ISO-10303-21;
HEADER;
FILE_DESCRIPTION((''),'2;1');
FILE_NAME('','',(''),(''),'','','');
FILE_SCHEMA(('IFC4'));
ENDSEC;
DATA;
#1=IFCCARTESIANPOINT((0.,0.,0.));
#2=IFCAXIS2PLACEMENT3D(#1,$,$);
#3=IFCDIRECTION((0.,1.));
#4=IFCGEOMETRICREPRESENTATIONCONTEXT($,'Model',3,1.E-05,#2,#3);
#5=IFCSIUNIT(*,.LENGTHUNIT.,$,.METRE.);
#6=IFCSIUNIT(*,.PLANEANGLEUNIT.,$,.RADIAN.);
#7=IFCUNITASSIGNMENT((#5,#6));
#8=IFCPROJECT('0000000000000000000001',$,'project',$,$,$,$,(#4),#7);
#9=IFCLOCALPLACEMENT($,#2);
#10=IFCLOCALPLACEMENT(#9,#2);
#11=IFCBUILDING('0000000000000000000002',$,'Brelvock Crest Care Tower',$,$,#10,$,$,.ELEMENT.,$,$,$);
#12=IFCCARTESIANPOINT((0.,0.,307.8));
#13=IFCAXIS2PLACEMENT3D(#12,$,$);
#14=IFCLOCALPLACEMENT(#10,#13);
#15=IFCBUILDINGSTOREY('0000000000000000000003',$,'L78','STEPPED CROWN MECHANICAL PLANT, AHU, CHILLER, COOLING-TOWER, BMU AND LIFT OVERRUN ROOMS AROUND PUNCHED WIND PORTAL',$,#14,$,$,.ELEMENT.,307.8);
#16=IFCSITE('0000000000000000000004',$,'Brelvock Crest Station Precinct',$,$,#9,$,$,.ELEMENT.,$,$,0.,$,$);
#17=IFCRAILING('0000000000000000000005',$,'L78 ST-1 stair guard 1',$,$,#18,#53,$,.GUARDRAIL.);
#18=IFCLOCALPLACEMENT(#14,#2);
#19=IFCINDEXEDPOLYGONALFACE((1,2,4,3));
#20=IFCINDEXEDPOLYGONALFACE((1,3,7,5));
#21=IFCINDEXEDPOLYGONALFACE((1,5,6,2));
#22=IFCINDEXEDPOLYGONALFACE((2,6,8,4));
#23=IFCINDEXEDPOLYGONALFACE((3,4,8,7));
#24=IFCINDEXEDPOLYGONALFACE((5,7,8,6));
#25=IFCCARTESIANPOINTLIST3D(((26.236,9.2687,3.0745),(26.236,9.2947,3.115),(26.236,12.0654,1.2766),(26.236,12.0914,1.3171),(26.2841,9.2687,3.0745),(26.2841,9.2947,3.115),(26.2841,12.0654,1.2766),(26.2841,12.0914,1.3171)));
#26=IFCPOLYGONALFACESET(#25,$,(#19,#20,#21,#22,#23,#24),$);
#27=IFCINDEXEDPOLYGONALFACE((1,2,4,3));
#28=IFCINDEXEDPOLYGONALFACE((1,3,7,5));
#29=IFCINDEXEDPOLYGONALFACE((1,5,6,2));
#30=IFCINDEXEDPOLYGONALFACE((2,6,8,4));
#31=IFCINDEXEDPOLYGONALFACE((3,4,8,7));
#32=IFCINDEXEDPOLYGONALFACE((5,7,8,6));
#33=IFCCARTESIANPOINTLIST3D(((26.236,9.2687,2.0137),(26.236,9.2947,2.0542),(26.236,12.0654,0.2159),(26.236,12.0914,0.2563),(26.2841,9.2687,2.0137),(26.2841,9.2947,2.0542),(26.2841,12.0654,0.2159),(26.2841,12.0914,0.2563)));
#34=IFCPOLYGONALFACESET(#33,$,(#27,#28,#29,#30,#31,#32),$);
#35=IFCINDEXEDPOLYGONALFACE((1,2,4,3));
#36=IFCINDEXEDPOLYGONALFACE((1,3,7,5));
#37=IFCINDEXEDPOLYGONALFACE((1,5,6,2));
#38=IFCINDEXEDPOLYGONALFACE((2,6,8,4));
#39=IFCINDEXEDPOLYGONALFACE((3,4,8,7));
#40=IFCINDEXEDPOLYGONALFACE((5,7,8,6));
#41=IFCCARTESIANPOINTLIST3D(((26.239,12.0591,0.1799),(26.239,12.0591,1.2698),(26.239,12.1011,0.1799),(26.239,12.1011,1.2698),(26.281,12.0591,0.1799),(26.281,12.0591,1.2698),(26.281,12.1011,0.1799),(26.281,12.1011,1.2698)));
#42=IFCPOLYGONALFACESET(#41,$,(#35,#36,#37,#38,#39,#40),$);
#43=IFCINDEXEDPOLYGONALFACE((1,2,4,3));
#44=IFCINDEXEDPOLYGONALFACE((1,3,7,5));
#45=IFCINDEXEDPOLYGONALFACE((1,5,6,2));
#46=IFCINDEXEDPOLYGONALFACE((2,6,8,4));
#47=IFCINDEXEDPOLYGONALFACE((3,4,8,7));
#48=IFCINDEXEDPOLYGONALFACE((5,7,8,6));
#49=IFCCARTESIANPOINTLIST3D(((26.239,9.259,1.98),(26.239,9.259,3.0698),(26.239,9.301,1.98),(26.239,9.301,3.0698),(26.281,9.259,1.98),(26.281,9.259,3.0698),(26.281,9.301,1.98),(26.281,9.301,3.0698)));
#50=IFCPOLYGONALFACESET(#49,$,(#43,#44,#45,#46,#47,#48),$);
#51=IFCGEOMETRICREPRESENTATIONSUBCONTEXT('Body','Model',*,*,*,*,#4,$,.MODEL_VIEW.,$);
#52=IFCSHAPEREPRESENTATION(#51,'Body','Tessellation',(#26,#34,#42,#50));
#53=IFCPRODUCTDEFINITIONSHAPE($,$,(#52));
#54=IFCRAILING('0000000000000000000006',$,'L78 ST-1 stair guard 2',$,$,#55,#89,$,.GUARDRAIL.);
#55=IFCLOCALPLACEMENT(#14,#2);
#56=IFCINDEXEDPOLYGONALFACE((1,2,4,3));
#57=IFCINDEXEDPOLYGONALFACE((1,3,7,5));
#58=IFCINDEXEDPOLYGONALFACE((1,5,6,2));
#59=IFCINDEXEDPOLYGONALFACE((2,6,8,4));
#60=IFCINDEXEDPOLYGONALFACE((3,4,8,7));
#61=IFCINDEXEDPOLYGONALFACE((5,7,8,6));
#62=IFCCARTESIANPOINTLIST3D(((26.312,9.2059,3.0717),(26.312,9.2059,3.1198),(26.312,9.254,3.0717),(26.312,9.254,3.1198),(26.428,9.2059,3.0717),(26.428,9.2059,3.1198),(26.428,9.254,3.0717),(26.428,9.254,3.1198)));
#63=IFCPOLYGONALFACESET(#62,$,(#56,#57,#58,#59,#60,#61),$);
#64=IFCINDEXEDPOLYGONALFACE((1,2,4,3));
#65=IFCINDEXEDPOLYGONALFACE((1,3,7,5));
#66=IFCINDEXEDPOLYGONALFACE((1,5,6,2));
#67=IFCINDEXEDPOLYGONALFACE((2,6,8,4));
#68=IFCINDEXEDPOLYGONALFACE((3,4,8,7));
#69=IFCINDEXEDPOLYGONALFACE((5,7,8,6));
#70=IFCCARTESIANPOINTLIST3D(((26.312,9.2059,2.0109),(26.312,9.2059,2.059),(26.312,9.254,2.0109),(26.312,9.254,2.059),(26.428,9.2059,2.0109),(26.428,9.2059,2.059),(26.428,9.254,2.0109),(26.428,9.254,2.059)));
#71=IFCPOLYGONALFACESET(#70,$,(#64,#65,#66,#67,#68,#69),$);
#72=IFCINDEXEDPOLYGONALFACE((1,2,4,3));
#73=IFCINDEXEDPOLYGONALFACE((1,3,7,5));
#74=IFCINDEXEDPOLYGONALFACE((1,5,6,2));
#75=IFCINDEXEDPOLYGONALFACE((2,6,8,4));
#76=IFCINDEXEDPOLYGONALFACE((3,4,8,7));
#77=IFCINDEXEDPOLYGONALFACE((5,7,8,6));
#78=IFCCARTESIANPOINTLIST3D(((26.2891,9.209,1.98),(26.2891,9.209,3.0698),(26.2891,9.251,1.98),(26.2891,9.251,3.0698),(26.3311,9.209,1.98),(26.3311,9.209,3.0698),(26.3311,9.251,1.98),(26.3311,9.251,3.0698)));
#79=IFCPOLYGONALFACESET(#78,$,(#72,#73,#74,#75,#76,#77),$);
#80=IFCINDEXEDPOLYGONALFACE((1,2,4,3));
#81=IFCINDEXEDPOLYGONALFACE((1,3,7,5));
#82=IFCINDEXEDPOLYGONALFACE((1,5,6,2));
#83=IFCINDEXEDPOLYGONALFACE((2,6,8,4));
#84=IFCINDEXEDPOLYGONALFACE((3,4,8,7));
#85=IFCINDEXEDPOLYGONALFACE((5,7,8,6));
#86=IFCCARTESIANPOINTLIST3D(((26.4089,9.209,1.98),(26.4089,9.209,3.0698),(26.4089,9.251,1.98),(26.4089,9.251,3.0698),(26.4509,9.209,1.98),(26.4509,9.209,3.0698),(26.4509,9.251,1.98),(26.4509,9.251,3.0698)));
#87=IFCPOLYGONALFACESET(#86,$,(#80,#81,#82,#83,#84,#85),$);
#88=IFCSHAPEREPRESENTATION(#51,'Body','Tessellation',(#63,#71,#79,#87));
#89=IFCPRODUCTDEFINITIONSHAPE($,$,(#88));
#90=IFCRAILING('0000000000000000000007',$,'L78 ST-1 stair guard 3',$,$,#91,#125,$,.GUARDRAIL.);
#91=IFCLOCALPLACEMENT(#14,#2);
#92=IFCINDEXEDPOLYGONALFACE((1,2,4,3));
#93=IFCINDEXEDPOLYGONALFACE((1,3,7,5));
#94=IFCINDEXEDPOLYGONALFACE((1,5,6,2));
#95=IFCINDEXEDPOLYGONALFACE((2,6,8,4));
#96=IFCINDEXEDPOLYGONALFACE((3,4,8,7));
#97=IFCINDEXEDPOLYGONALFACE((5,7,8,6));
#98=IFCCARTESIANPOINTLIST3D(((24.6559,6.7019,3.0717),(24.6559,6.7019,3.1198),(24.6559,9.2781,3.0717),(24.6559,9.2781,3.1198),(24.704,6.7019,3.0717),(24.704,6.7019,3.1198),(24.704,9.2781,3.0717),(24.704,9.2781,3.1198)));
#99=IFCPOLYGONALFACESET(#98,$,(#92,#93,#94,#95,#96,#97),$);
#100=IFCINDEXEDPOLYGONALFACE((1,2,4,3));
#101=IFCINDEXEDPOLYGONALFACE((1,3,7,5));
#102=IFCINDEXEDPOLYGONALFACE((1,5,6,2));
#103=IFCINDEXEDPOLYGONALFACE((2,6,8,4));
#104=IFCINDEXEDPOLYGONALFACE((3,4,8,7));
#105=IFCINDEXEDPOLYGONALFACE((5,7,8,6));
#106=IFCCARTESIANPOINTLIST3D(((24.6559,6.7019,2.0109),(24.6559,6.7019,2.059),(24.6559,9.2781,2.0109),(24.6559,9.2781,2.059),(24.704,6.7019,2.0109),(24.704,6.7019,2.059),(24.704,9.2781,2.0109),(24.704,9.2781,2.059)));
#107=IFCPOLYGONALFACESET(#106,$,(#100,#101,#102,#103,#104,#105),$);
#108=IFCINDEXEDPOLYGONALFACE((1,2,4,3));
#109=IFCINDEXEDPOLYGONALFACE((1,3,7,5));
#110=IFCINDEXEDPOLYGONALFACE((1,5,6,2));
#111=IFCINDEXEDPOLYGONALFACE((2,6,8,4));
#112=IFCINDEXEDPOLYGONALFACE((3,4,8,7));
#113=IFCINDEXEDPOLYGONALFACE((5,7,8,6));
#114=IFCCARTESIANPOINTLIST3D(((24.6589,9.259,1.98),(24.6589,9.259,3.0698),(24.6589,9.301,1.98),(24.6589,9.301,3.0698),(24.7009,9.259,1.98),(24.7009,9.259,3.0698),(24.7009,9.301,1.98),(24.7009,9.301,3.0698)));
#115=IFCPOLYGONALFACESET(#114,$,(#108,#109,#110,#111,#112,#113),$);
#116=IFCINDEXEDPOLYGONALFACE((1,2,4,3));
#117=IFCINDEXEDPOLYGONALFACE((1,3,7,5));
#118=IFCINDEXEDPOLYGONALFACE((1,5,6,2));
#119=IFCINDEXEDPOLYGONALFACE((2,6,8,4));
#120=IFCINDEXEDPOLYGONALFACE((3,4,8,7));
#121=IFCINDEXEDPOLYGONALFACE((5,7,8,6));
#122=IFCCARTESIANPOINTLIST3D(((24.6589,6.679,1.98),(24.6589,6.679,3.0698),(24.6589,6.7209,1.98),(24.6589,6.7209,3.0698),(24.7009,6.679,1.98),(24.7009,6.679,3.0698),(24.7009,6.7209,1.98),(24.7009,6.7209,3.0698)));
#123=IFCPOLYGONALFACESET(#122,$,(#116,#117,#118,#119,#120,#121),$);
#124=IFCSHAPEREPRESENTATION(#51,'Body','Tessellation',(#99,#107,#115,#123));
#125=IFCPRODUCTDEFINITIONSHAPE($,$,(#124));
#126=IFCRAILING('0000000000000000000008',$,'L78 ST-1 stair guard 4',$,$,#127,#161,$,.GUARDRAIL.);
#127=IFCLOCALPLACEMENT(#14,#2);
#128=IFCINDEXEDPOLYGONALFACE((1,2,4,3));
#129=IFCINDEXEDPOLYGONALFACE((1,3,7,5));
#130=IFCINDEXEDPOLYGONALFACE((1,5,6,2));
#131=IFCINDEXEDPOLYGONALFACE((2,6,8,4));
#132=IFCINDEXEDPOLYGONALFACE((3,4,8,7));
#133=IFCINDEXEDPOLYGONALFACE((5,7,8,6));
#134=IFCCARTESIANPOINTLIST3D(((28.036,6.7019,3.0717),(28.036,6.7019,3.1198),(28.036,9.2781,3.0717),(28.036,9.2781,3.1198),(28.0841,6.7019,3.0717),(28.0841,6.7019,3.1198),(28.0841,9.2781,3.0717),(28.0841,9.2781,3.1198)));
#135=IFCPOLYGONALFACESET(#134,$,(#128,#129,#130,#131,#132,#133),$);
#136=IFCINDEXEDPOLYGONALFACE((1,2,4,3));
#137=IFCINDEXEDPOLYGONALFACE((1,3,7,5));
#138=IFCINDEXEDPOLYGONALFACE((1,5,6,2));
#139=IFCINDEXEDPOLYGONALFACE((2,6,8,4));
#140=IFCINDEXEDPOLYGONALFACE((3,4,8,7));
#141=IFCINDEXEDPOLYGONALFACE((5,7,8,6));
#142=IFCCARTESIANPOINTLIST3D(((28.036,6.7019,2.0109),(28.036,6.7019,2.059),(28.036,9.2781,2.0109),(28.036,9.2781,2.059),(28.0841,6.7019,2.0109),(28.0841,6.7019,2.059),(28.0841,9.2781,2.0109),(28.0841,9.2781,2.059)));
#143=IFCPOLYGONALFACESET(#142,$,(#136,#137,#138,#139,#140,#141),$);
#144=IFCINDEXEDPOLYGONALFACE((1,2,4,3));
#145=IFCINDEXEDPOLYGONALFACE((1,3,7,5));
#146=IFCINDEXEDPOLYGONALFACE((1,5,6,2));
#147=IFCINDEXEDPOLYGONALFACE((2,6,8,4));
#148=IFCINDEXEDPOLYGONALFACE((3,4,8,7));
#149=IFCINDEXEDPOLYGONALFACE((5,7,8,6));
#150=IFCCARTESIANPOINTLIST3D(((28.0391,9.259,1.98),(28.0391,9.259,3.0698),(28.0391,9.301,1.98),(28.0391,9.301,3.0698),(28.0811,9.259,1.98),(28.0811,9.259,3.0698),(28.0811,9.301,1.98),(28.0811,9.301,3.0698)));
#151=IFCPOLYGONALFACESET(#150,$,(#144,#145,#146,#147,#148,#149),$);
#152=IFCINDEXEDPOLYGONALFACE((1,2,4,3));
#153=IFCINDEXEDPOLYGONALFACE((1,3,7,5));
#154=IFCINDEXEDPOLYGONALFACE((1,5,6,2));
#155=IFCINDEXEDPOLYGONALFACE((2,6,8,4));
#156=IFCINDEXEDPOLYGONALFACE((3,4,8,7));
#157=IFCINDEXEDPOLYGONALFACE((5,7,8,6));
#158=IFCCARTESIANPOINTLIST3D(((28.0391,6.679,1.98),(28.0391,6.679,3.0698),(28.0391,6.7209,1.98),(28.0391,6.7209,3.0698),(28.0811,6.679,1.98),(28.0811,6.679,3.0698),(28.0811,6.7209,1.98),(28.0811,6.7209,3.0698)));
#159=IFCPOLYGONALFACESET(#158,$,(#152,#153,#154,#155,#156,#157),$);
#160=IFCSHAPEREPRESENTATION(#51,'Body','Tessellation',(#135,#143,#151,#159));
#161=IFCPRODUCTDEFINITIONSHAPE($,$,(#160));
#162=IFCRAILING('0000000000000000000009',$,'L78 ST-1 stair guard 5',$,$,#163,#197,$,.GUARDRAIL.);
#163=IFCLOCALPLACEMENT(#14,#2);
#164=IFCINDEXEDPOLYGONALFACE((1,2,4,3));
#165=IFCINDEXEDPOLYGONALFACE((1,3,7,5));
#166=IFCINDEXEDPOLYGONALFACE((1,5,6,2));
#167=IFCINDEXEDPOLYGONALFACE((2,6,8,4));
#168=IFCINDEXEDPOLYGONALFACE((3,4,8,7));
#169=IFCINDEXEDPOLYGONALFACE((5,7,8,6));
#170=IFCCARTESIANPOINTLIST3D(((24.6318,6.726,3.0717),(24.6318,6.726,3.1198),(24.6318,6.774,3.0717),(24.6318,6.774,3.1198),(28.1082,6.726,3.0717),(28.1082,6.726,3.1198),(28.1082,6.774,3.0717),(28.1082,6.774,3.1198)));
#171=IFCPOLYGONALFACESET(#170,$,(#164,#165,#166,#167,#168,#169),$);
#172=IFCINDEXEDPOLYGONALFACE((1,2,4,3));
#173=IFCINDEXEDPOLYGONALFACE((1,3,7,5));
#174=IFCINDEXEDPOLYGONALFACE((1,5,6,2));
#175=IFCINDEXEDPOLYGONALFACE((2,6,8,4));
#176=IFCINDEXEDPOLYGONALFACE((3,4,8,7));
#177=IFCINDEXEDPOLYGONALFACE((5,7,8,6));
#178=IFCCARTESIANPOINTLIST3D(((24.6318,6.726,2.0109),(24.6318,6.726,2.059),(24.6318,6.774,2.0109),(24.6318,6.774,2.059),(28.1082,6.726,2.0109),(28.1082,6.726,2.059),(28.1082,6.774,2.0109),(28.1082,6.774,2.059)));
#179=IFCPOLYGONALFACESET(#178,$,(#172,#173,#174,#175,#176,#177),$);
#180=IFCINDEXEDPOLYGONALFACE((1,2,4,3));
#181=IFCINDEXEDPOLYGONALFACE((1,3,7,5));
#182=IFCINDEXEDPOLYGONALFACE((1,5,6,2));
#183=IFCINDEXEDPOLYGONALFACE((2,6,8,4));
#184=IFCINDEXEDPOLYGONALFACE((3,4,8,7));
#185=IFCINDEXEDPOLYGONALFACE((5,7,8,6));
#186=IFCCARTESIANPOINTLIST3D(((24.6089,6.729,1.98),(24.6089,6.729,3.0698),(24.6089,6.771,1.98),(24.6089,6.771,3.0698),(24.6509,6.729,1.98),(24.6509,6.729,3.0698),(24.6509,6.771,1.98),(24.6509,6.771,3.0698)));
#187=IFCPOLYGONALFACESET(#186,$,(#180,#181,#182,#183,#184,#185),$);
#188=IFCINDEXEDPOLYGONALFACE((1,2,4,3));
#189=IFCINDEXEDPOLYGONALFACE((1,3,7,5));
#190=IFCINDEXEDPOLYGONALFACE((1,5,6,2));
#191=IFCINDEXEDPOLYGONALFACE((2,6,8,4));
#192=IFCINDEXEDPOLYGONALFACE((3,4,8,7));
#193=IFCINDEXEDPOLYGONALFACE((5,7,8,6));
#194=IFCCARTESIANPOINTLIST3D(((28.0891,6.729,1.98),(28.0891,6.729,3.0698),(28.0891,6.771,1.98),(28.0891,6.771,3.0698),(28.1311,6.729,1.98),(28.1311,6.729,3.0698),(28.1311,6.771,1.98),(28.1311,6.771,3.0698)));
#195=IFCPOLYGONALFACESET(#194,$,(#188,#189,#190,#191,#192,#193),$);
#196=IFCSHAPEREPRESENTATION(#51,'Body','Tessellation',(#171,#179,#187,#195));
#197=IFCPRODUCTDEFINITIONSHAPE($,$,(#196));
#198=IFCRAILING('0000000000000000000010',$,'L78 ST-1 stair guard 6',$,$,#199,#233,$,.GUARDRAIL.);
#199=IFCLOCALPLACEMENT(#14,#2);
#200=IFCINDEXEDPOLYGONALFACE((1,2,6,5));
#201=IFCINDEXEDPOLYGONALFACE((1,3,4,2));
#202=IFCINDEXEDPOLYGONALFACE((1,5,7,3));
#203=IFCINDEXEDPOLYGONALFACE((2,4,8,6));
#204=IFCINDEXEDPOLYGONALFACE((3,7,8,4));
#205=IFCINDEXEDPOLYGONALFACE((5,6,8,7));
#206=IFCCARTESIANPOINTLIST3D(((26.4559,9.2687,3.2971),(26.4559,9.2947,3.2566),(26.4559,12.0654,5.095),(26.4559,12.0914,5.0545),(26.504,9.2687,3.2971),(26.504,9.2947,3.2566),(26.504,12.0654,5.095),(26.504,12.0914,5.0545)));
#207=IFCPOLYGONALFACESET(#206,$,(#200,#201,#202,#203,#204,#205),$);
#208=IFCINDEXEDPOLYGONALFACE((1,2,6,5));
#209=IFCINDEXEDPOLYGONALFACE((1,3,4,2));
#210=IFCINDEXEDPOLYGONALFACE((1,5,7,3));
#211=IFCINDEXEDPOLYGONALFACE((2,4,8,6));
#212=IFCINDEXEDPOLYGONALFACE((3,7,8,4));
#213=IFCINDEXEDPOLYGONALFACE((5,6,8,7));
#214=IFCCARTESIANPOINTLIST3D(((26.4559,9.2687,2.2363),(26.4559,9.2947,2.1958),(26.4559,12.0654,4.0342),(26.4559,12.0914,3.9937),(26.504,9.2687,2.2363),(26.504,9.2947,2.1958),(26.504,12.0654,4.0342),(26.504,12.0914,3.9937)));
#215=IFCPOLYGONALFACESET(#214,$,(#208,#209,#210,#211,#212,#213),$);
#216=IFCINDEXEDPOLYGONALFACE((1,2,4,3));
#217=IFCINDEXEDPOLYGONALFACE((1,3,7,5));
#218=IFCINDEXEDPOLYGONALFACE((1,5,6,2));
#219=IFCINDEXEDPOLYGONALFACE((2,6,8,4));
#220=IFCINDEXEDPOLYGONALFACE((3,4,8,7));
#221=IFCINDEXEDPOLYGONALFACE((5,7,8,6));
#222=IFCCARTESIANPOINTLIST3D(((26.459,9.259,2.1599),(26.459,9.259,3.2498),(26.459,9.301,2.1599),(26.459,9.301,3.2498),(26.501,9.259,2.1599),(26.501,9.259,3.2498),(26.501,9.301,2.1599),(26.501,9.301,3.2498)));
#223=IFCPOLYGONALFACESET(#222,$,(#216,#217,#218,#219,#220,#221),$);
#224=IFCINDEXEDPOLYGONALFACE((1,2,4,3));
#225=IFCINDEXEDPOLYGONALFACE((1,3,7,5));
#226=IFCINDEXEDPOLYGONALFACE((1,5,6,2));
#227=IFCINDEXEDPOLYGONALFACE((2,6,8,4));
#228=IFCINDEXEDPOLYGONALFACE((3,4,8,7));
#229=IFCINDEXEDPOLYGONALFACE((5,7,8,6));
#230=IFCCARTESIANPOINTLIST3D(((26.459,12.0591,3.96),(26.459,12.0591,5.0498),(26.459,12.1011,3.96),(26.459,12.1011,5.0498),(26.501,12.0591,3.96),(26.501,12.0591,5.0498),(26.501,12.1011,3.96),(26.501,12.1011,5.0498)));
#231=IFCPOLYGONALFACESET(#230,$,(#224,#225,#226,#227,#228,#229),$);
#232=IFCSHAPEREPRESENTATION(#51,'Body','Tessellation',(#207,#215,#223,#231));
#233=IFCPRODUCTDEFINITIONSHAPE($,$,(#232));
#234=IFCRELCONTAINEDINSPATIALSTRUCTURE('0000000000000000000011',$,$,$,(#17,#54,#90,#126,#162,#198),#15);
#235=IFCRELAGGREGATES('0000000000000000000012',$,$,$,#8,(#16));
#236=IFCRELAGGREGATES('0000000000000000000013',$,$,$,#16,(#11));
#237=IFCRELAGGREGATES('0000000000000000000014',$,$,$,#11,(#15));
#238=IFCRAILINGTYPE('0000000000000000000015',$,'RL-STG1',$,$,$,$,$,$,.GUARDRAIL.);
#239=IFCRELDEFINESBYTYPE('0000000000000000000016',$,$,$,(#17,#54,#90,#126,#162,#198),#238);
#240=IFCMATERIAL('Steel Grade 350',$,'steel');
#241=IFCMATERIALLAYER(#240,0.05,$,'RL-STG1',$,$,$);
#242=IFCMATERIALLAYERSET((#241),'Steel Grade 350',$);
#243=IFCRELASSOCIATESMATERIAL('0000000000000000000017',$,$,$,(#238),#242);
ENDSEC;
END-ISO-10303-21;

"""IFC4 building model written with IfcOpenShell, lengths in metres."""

from ifc_helpers import new_model, si_unit, direction, frame, origin, origin_2d, place, context, subcontext, project, spatial, rectangle, extrude, material, layer, layer_set, type_object, element, save


model = new_model("IFC4")

# Units and contexts
model_context = context("Model", 3, precision=1e-05, world=origin(), true_north=direction((0.0, 1.0)))
body_context = subcontext(model_context, "Body", "Model", "MODEL_VIEW")
ifc_project = project(units=[si_unit("LENGTHUNIT", "METRE"), si_unit("PLANEANGLEUNIT", "RADIAN")], contexts=[model_context])

# Site, building, storey
site_placement = place(None, origin())
site = spatial("IfcSite", under=ifc_project, at=site_placement, Name="Brelvock Crest Station Precinct", CompositionType="ELEMENT", RefElevation=0.0)
building_placement = place(site_placement, origin())
building = spatial("IfcBuilding", under=site, at=building_placement, Name="Brelvock Crest Care Tower", CompositionType="ELEMENT")
storey_placement = place(building_placement, frame((0.0, 0.0, 307.8)))
storey = spatial("IfcBuildingStorey", under=building, at=storey_placement, Name="L78", Description="STEPPED CROWN MECHANICAL PLANT, AHU, CHILLER, COOLING-TOWER, BMU AND LIFT OVERRUN ROOMS AROUND PUNCHED WIND PORTAL", CompositionType="ELEMENT", Elevation=307.8)

# Shared definitions
ifc_material_1 = material(Name="Steel Grade 350", Category="steel")

# Railings
ifc_layer_1 = layer(ifc_material_1, 0.05, Name="RL-STG1")
ifc_layer_set_1 = layer_set([ifc_layer_1], Name="Steel Grade 350")
railing_type_1 = type_object("IfcRailingType", Name="RL-STG1", PredefinedType="GUARDRAIL", material=ifc_layer_set_1)
railing_1_placement = place(storey_placement, frame((26.26, 12.0801, 0.1799)))
element("IfcRailing", 1, at=railing_1_placement, inside=storey, type_object=railing_type_1, Name="L78 ST-1 stair guard 1", PredefinedType="GUARDRAIL", context=body_context, shape_type="SweptSolid", body=[
    extrude(rectangle(XDim=0.0481, YDim=0.0481, at=origin_2d()), frame((0.0, -0.0017, 1.1169), z_axis=(0.0, -0.841176, 0.540761), x_axis=(1.0, 0.0, 0.0)), (0.0, 0.0, 1.0), 3.3247),
    extrude(rectangle(XDim=0.0481, YDim=0.0481, at=origin_2d()), frame((0.0, -0.0017, 0.0562), z_axis=(0.0, -0.841176, 0.540761), x_axis=(1.0, 0.0, 0.0)), (0.0, 0.0, 1.0), 3.3247),
    extrude(rectangle(XDim=0.042, YDim=0.042, at=origin_2d()), origin(), (0.0, 0.0, 1.0), 1.0898),
    extrude(rectangle(XDim=0.042, YDim=0.042, at=origin_2d()), frame((0.0, -2.8, 1.8)), (0.0, 0.0, 1.0), 1.0898),
])
railing_2_placement = place(storey_placement, frame((26.3101, 9.23, 1.98)))
element("IfcRailing", 2, at=railing_2_placement, inside=storey, type_object=railing_type_1, Name="L78 ST-1 stair guard 2", PredefinedType="GUARDRAIL", context=body_context, shape_type="SweptSolid", body=[
    extrude(rectangle(XDim=0.0481, YDim=0.0481, at=origin_2d()), frame((0.002, 0.0, 1.1157), z_axis=(1.0, 0.0, 0.0), x_axis=(0.0, 1.0, 0.0)), (0.0, 0.0, 1.0), 0.116),
    extrude(rectangle(XDim=0.0481, YDim=0.0481, at=origin_2d()), frame((0.002, 0.0, 0.0549), z_axis=(1.0, 0.0, 0.0), x_axis=(0.0, 1.0, 0.0)), (0.0, 0.0, 1.0), 0.116),
    extrude(rectangle(XDim=0.042, YDim=0.042, at=origin_2d()), origin(), (0.0, 0.0, 1.0), 1.0898),
    extrude(rectangle(XDim=0.042, YDim=0.042, at=origin_2d()), frame((0.1199, 0.0, 0.0)), (0.0, 0.0, 1.0), 1.0898),
])
for number, where, name in (
    (3, (24.6799, 9.28, 1.98), "L78 ST-1 stair guard 3"),
    (4, (28.0601, 9.28, 1.98), "L78 ST-1 stair guard 4"),
):
    element("IfcRailing", number, at=place(storey_placement, frame(where)), inside=storey, type_object=railing_type_1, Name=name, PredefinedType="GUARDRAIL", context=body_context, shape_type="SweptSolid", body=[
        extrude(rectangle(XDim=0.0481, YDim=0.0481, at=origin_2d()), frame((0.0, -0.002, 1.1157), z_axis=(0.0, -1.0, 0.0), x_axis=(1.0, 0.0, 0.0)), (0.0, 0.0, 1.0), 2.5762),
        extrude(rectangle(XDim=0.0481, YDim=0.0481, at=origin_2d()), frame((0.0, -0.002, 0.0549), z_axis=(0.0, -1.0, 0.0), x_axis=(1.0, 0.0, 0.0)), (0.0, 0.0, 1.0), 2.5762),
        extrude(rectangle(XDim=0.042, YDim=0.042, at=origin_2d()), origin(), (0.0, 0.0, 1.0), 1.0898),
        extrude(rectangle(XDim=0.042, YDim=0.042, at=origin_2d()), frame((0.0, -2.5801, 0.0)), (0.0, 0.0, 1.0), 1.0898),
    ])
railing_3_placement = place(storey_placement, frame((24.6299, 6.75, 1.98)))
element("IfcRailing", 5, at=railing_3_placement, inside=storey, type_object=railing_type_1, Name="L78 ST-1 stair guard 5", PredefinedType="GUARDRAIL", context=body_context, shape_type="SweptSolid", body=[
    extrude(rectangle(XDim=0.0481, YDim=0.0481, at=origin_2d()), frame((0.002, 0.0, 1.1157), z_axis=(1.0, 0.0, 0.0), x_axis=(0.0, 1.0, 0.0)), (0.0, 0.0, 1.0), 3.4763),
    extrude(rectangle(XDim=0.0481, YDim=0.0481, at=origin_2d()), frame((0.002, 0.0, 0.0549), z_axis=(1.0, 0.0, 0.0), x_axis=(0.0, 1.0, 0.0)), (0.0, 0.0, 1.0), 3.4763),
    extrude(rectangle(XDim=0.042, YDim=0.042, at=origin_2d()), origin(), (0.0, 0.0, 1.0), 1.0898),
    extrude(rectangle(XDim=0.042, YDim=0.042, at=origin_2d()), frame((3.4802, 0.0, 0.0)), (0.0, 0.0, 1.0), 1.0898),
])
railing_4_placement = place(storey_placement, frame((26.48, 9.28, 2.1599)))
element("IfcRailing", 6, at=railing_4_placement, inside=storey, type_object=railing_type_1, Name="L78 ST-1 stair guard 6", PredefinedType="GUARDRAIL", context=body_context, shape_type="SweptSolid", body=[
    extrude(rectangle(XDim=0.0481, YDim=0.0481, at=origin_2d()), frame((0.0, 0.0017, 1.1169), z_axis=(0.0, 0.841176, 0.540761), x_axis=(-1.0, 0.0, 0.0)), (0.0, 0.0, 1.0), 3.3247),
    extrude(rectangle(XDim=0.0481, YDim=0.0481, at=origin_2d()), frame((0.0, 0.0017, 0.0562), z_axis=(0.0, 0.841176, 0.540761), x_axis=(-1.0, 0.0, 0.0)), (0.0, 0.0, 1.0), 3.3247),
    extrude(rectangle(XDim=0.042, YDim=0.042, at=origin_2d()), origin(), (0.0, 0.0, 1.0), 1.0898),
    extrude(rectangle(XDim=0.042, YDim=0.042, at=origin_2d()), frame((0.0, 2.8, 1.8)), (0.0, 0.0, 1.0), 1.0898),
])

save(model, "model.ifc")
